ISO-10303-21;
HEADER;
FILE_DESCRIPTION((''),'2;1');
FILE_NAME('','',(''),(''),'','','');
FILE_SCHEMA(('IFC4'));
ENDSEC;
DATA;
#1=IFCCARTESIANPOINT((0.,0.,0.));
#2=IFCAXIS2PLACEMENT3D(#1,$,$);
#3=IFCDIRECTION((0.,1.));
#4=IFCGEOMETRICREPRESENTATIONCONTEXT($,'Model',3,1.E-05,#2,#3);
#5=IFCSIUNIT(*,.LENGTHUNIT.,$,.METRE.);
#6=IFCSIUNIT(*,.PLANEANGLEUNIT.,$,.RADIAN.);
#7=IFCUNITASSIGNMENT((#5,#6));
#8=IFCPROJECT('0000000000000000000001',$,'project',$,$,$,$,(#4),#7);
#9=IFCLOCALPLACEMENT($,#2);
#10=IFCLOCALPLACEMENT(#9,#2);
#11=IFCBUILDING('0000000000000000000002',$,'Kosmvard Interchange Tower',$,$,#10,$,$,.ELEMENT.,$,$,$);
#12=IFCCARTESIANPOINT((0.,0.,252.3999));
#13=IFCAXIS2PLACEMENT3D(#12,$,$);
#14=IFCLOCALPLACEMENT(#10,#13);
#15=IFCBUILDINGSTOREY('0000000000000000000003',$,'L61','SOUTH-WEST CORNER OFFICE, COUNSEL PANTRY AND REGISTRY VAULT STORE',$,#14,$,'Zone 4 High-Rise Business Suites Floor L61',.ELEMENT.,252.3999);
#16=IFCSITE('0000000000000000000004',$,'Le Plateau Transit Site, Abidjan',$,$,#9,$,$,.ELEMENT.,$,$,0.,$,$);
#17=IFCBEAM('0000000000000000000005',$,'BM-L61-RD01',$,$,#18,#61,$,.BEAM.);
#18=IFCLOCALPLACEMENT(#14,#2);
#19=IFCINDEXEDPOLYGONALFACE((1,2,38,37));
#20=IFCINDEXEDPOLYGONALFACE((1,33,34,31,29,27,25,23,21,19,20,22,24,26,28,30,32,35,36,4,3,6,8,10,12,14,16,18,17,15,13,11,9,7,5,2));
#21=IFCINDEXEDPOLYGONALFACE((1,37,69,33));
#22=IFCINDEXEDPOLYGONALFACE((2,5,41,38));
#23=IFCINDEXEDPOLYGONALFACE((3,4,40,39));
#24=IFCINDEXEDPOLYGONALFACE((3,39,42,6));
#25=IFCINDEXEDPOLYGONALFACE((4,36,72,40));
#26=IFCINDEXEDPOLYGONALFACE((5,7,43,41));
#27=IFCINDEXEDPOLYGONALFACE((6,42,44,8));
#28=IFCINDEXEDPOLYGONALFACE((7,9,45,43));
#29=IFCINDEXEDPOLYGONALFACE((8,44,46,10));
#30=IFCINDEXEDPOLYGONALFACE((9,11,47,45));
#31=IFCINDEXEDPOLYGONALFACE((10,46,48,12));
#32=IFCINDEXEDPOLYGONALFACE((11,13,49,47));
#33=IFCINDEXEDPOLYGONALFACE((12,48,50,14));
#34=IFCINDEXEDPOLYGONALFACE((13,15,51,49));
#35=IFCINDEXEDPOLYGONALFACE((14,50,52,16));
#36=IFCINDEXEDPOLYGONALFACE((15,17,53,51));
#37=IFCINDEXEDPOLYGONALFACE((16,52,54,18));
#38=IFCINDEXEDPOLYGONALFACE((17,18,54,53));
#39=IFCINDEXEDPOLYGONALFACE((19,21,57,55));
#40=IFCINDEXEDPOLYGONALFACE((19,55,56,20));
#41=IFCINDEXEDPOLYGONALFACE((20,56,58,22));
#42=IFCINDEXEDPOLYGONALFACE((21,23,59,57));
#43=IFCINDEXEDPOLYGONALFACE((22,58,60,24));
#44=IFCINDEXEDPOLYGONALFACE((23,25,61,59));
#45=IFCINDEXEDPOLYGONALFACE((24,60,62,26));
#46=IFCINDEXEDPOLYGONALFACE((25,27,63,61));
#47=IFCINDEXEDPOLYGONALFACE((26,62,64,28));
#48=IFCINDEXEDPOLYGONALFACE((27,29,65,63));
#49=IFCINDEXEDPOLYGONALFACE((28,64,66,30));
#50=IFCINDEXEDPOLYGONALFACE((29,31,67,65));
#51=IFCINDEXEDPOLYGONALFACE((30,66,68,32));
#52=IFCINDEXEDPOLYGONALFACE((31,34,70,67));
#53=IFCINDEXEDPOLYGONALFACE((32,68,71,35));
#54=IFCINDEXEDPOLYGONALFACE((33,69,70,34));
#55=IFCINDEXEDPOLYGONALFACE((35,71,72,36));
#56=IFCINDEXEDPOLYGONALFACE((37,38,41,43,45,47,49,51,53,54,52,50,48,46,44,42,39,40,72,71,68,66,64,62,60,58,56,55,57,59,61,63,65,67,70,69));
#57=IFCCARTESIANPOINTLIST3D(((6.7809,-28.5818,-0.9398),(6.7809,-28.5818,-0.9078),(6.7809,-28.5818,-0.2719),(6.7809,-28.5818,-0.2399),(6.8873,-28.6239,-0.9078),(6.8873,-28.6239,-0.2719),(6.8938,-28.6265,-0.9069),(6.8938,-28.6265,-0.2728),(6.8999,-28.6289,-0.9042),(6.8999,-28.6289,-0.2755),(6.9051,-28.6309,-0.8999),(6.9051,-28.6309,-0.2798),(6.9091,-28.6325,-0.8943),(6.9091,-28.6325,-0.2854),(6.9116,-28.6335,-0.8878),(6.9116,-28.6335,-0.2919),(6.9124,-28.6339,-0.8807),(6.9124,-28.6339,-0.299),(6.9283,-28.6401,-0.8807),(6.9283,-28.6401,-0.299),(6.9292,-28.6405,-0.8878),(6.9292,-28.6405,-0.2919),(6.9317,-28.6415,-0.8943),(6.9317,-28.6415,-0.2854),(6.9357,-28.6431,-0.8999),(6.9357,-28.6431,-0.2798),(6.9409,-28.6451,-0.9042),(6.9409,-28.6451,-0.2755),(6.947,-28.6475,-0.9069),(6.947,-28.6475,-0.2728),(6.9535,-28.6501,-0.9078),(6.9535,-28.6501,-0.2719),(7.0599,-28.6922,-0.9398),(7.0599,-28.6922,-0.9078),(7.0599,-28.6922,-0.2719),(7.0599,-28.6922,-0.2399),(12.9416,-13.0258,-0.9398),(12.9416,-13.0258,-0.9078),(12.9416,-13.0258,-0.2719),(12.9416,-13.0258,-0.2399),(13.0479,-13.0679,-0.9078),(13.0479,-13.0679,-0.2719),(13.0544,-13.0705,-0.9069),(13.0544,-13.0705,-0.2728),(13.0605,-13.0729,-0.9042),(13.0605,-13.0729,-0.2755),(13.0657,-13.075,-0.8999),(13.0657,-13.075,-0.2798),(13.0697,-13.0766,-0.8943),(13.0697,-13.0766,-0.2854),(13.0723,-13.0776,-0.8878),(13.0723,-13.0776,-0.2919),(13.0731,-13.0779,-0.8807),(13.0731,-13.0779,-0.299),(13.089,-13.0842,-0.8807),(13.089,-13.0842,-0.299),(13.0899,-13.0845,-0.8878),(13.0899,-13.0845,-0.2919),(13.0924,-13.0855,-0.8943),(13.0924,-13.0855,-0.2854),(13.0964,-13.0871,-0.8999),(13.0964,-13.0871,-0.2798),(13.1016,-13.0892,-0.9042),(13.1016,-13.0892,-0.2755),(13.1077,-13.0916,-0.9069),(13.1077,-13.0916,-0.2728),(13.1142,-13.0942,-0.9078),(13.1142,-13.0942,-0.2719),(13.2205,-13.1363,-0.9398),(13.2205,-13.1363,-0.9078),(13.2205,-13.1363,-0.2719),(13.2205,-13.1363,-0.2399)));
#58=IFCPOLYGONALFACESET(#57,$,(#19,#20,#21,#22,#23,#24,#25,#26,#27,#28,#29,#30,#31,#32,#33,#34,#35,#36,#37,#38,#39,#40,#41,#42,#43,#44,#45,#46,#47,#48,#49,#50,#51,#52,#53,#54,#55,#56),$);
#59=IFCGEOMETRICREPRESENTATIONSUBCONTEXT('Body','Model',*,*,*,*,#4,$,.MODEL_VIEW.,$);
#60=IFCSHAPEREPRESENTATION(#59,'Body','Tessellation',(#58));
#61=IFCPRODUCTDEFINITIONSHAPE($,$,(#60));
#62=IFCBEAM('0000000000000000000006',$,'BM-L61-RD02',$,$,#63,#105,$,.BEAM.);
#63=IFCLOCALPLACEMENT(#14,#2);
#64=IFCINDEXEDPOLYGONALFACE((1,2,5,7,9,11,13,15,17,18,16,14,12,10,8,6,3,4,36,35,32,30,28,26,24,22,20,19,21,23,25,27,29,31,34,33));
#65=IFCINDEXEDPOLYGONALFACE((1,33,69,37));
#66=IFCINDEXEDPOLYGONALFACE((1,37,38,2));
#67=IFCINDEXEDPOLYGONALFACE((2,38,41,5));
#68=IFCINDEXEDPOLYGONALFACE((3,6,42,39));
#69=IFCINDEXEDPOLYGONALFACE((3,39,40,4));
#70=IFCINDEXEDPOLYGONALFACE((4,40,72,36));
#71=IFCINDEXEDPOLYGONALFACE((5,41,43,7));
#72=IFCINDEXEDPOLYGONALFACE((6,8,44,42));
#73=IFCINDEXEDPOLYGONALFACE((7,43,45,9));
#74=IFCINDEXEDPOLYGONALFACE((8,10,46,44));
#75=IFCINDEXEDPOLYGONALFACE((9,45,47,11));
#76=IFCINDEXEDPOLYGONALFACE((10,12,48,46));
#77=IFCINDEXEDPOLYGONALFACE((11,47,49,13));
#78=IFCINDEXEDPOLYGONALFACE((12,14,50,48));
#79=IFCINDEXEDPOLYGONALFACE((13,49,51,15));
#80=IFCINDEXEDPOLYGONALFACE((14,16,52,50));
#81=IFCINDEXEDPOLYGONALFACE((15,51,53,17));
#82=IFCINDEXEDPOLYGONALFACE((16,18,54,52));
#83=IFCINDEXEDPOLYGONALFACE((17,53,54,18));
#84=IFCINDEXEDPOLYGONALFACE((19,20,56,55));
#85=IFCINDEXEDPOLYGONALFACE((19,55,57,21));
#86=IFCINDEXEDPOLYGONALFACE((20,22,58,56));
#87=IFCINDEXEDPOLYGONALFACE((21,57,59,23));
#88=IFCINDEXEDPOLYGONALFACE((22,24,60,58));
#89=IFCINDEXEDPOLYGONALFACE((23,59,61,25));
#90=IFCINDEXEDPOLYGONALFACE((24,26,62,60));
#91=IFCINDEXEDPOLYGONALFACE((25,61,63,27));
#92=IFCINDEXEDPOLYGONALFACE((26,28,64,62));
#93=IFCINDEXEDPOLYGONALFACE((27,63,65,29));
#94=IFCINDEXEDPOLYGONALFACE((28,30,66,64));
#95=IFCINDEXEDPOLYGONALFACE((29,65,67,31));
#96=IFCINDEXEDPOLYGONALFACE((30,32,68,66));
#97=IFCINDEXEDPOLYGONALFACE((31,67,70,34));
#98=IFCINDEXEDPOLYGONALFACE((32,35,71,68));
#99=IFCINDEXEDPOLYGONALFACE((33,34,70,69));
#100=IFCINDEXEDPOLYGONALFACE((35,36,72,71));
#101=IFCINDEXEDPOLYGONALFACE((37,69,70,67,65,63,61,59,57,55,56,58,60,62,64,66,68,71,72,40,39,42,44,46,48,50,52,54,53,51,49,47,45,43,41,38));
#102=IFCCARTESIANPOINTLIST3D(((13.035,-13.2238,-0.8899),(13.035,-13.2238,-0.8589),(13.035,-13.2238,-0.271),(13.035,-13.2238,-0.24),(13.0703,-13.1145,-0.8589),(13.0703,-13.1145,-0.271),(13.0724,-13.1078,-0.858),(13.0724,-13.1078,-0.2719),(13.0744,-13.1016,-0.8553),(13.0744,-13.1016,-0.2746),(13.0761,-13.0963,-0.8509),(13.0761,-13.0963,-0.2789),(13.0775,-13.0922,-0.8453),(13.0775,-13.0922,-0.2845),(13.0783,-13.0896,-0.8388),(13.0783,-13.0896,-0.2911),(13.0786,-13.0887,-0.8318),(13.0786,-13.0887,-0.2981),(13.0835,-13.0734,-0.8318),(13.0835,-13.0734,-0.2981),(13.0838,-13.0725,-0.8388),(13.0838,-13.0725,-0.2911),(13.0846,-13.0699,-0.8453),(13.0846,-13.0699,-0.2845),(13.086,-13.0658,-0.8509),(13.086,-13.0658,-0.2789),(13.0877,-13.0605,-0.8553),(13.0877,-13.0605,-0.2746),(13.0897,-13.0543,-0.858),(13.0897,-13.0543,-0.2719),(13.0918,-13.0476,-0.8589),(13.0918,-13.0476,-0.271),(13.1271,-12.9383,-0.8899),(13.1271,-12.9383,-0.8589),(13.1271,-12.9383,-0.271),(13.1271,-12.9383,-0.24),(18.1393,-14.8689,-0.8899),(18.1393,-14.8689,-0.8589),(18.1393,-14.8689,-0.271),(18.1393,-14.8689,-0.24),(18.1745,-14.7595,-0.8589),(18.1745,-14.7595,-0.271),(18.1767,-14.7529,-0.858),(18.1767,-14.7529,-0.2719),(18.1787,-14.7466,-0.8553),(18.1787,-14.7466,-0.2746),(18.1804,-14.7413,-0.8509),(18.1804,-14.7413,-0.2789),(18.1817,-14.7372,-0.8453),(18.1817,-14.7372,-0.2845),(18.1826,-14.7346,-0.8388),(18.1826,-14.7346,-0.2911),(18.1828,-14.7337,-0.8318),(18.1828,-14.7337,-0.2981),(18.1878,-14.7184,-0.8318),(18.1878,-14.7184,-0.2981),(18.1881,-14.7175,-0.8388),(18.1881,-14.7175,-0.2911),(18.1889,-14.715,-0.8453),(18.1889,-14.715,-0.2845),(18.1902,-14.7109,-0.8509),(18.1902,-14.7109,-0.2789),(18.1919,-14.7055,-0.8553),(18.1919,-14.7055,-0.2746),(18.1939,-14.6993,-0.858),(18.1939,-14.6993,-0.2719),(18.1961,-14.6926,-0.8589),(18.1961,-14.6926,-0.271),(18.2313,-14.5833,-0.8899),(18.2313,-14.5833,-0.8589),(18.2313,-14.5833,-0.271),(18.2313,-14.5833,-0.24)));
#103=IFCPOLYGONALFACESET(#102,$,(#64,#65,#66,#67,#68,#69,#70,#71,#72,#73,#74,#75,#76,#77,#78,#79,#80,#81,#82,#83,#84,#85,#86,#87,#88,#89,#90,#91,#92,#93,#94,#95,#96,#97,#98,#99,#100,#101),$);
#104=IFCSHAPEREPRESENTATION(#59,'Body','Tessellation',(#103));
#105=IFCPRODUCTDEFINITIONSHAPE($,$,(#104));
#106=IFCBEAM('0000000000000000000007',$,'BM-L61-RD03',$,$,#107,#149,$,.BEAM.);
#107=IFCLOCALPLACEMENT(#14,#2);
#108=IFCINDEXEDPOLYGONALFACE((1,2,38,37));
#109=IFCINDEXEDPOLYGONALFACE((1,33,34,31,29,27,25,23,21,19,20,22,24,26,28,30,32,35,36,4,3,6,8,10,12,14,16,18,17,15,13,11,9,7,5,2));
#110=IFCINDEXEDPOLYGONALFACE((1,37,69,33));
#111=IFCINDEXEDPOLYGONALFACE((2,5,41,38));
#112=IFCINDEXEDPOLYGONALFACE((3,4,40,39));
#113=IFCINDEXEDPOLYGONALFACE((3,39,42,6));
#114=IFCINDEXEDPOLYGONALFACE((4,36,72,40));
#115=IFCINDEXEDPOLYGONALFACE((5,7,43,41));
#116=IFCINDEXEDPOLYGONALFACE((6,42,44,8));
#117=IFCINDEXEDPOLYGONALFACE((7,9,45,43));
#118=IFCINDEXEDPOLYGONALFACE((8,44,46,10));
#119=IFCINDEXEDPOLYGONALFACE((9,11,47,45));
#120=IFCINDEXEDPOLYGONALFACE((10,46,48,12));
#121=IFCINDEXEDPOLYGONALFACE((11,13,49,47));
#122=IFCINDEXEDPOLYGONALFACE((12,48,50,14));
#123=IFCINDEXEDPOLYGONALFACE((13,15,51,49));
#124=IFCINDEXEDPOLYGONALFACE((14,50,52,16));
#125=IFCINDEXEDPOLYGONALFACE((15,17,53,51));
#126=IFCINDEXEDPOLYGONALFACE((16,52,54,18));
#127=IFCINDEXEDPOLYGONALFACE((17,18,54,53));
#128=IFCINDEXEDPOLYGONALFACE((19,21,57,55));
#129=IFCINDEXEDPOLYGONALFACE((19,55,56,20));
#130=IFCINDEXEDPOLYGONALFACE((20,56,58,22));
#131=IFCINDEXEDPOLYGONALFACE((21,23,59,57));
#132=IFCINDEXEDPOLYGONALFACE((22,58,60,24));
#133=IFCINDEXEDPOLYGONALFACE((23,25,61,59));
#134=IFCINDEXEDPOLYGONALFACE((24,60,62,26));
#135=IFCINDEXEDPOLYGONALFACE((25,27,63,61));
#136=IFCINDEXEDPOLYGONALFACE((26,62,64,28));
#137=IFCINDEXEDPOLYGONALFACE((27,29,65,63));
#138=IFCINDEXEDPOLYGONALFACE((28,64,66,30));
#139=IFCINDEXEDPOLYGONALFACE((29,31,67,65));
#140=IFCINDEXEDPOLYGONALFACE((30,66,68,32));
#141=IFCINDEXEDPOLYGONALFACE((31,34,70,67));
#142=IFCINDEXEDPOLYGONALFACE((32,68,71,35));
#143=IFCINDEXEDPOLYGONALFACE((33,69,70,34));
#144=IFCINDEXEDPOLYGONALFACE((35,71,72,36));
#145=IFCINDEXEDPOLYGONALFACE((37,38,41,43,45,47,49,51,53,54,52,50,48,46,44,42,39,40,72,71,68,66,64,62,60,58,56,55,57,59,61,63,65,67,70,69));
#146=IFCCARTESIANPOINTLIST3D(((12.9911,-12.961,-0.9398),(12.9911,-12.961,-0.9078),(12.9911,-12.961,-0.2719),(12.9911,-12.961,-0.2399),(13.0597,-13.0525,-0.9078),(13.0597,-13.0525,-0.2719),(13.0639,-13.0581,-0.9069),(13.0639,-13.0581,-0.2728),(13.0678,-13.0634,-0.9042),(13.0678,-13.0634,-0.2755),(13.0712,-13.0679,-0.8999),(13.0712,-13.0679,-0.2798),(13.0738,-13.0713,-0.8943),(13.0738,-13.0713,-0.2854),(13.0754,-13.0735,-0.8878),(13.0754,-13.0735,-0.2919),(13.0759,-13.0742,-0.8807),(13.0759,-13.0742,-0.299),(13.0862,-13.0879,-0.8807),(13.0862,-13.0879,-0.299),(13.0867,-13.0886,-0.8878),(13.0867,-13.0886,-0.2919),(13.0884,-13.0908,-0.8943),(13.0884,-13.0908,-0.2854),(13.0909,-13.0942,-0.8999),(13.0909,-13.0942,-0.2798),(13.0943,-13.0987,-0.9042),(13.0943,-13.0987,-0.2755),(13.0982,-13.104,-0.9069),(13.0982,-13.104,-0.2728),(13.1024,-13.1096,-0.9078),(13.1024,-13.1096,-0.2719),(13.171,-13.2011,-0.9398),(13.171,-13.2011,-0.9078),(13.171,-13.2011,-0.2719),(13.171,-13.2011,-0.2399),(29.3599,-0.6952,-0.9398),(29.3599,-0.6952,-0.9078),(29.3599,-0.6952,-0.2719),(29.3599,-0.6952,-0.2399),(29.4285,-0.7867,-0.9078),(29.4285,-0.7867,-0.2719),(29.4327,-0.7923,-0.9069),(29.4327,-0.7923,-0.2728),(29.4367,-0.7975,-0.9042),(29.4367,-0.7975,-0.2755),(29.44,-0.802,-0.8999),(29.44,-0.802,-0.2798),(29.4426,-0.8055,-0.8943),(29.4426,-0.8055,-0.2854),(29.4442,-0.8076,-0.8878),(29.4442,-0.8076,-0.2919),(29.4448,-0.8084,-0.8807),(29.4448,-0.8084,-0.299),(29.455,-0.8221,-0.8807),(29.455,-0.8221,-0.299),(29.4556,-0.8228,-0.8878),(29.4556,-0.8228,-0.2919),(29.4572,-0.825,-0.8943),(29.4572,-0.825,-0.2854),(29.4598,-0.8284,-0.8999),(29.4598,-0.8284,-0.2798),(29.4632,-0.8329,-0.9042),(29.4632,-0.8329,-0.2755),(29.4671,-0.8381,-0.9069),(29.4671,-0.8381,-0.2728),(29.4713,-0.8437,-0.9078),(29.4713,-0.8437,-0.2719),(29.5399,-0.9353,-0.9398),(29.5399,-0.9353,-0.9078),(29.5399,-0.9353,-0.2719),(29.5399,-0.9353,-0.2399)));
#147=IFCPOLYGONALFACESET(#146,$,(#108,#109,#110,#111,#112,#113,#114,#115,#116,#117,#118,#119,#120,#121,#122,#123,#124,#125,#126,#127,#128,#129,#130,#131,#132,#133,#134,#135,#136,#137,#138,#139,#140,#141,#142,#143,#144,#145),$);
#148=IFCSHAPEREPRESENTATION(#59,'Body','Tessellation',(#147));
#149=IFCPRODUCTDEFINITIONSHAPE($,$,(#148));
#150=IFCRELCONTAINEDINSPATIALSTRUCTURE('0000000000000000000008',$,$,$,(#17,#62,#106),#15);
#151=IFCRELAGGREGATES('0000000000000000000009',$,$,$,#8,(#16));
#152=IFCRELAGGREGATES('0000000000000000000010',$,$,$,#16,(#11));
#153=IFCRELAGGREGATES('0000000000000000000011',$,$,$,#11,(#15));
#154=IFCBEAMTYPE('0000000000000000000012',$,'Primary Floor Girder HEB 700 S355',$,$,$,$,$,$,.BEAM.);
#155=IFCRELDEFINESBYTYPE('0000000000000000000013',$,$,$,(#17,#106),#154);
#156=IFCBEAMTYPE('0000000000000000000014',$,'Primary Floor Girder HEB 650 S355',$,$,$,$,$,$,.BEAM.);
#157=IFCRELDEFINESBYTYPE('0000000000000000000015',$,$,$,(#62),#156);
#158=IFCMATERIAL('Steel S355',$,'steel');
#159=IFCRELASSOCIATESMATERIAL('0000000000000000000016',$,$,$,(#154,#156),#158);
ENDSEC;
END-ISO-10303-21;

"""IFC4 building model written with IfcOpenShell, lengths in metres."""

from ifc_helpers import new_model, si_unit, direction, frame, origin, origin_2d, place, context, subcontext, project, spatial, i_section, extrude, source, transform, mapped, material, material_profile, profile_set, type_object, element, save


model = new_model("IFC4")

# Units and contexts
model_context = context("Model", 3, precision=1e-05, world=origin(), true_north=direction((0.0, 1.0)))
body_context = subcontext(model_context, "Body", "Model", "MODEL_VIEW")
ifc_project = project(units=[si_unit("LENGTHUNIT", "METRE"), si_unit("PLANEANGLEUNIT", "RADIAN")], contexts=[model_context])

# Site, building, storey
site_placement = place(None, origin())
site = spatial("IfcSite", under=ifc_project, at=site_placement, Name="Le Plateau Transit Site, Abidjan", CompositionType="ELEMENT", RefElevation=0.0)
building_placement = place(site_placement, origin())
building = spatial("IfcBuilding", under=site, at=building_placement, Name="Kosmvard Interchange Tower", CompositionType="ELEMENT")
storey_placement = place(building_placement, frame((0.0, 0.0, 252.3999)))
storey = spatial("IfcBuildingStorey", under=building, at=storey_placement, Name="L61", Description="SOUTH-WEST CORNER OFFICE, COUNSEL PANTRY AND REGISTRY VAULT STORE", LongName="Zone 4 High-Rise Business Suites Floor L61", CompositionType="ELEMENT", Elevation=252.3999)

# Beams
ifc_material_1 = material(Name="Steel S355", Category="steel")
ifc_material_profile_1 = material_profile(ifc_material_1, i_section(OverallWidth=0.3, OverallDepth=0.7, WebThickness=0.0171, FlangeThickness=0.032, FilletRadius=0.0271, at=origin_2d()), Name="HEB 700")
ifc_profile_set_1 = profile_set([ifc_material_profile_1], Name="Steel S355")
beam_type_1 = type_object("IfcBeamType", Name="Primary Floor Girder HEB 700 S355", PredefinedType="BEAM", material=ifc_profile_set_1)
shared_shape_1 = source(origin(), body_context, "Body", "SweptSolid", [
    extrude(i_section(OverallWidth=0.3, OverallDepth=0.7, WebThickness=0.0171, FlangeThickness=0.032, FilletRadius=0.0271, at=origin_2d()), origin(), (0.0, 0.0, 1.0), 16.7314),
])
beam_1_placement = place(storey_placement, frame((13.0811, -13.0811, -0.5898), z_axis=(-0.368209, -0.929743, 0.0), x_axis=(0.929743, -0.368209, 0.0)))
element("IfcBeam", 1, at=beam_1_placement, inside=storey, type_object=beam_type_1, Name="BM-L61-RD01", PredefinedType="BEAM", context=body_context, shape_type="MappedRepresentation", body=[
    mapped(shared_shape_1, transform((0.0, 0.0, 0.0), scale=1.0)),
])
ifc_material_profile_2 = material_profile(ifc_material_1, i_section(OverallWidth=0.3, OverallDepth=0.6499, WebThickness=0.0161, FlangeThickness=0.031, FilletRadius=0.0271, at=origin_2d()), Name="HEB 650")
ifc_profile_set_2 = profile_set([ifc_material_profile_2], Name="Steel S355")
beam_type_2 = type_object("IfcBeamType", Name="Primary Floor Girder HEB 650 S355", PredefinedType="BEAM", material=ifc_profile_set_2)
shared_shape_2 = source(origin(), body_context, "Body", "SweptSolid", [
    extrude(i_section(OverallWidth=0.3, OverallDepth=0.6499, WebThickness=0.0161, FlangeThickness=0.031, FilletRadius=0.0271, at=origin_2d()), origin(), (0.0, 0.0, 1.0), 5.3628),
])
beam_2_placement = place(storey_placement, frame((13.0811, -13.0811, -0.5649), z_axis=(0.951791, -0.306747, 0.0), x_axis=(0.306747, 0.951791, 0.0)))
element("IfcBeam", 2, at=beam_2_placement, inside=storey, type_object=beam_type_2, Name="BM-L61-RD02", PredefinedType="BEAM", context=body_context, shape_type="MappedRepresentation", body=[
    mapped(shared_shape_2, transform((0.0, 0.0, 0.0), scale=1.0)),
])
shared_shape_3 = source(origin(), body_context, "Body", "SweptSolid", [
    extrude(i_section(OverallWidth=0.3, OverallDepth=0.7, WebThickness=0.0171, FlangeThickness=0.032, FilletRadius=0.0271, at=origin_2d()), origin(), (0.0, 0.0, 1.0), 20.4546),
])
beam_3_placement = place(storey_placement, frame((13.0811, -13.0811, -0.5898), z_axis=(0.800253, 0.599662, 0.0), x_axis=(-0.599662, 0.800253, 0.0)))
element("IfcBeam", 3, at=beam_3_placement, inside=storey, type_object=beam_type_1, Name="BM-L61-RD03", PredefinedType="BEAM", context=body_context, shape_type="MappedRepresentation", body=[
    mapped(shared_shape_3, transform((0.0, 0.0, 0.0), scale=1.0)),
])

save(model, "model.ifc")
